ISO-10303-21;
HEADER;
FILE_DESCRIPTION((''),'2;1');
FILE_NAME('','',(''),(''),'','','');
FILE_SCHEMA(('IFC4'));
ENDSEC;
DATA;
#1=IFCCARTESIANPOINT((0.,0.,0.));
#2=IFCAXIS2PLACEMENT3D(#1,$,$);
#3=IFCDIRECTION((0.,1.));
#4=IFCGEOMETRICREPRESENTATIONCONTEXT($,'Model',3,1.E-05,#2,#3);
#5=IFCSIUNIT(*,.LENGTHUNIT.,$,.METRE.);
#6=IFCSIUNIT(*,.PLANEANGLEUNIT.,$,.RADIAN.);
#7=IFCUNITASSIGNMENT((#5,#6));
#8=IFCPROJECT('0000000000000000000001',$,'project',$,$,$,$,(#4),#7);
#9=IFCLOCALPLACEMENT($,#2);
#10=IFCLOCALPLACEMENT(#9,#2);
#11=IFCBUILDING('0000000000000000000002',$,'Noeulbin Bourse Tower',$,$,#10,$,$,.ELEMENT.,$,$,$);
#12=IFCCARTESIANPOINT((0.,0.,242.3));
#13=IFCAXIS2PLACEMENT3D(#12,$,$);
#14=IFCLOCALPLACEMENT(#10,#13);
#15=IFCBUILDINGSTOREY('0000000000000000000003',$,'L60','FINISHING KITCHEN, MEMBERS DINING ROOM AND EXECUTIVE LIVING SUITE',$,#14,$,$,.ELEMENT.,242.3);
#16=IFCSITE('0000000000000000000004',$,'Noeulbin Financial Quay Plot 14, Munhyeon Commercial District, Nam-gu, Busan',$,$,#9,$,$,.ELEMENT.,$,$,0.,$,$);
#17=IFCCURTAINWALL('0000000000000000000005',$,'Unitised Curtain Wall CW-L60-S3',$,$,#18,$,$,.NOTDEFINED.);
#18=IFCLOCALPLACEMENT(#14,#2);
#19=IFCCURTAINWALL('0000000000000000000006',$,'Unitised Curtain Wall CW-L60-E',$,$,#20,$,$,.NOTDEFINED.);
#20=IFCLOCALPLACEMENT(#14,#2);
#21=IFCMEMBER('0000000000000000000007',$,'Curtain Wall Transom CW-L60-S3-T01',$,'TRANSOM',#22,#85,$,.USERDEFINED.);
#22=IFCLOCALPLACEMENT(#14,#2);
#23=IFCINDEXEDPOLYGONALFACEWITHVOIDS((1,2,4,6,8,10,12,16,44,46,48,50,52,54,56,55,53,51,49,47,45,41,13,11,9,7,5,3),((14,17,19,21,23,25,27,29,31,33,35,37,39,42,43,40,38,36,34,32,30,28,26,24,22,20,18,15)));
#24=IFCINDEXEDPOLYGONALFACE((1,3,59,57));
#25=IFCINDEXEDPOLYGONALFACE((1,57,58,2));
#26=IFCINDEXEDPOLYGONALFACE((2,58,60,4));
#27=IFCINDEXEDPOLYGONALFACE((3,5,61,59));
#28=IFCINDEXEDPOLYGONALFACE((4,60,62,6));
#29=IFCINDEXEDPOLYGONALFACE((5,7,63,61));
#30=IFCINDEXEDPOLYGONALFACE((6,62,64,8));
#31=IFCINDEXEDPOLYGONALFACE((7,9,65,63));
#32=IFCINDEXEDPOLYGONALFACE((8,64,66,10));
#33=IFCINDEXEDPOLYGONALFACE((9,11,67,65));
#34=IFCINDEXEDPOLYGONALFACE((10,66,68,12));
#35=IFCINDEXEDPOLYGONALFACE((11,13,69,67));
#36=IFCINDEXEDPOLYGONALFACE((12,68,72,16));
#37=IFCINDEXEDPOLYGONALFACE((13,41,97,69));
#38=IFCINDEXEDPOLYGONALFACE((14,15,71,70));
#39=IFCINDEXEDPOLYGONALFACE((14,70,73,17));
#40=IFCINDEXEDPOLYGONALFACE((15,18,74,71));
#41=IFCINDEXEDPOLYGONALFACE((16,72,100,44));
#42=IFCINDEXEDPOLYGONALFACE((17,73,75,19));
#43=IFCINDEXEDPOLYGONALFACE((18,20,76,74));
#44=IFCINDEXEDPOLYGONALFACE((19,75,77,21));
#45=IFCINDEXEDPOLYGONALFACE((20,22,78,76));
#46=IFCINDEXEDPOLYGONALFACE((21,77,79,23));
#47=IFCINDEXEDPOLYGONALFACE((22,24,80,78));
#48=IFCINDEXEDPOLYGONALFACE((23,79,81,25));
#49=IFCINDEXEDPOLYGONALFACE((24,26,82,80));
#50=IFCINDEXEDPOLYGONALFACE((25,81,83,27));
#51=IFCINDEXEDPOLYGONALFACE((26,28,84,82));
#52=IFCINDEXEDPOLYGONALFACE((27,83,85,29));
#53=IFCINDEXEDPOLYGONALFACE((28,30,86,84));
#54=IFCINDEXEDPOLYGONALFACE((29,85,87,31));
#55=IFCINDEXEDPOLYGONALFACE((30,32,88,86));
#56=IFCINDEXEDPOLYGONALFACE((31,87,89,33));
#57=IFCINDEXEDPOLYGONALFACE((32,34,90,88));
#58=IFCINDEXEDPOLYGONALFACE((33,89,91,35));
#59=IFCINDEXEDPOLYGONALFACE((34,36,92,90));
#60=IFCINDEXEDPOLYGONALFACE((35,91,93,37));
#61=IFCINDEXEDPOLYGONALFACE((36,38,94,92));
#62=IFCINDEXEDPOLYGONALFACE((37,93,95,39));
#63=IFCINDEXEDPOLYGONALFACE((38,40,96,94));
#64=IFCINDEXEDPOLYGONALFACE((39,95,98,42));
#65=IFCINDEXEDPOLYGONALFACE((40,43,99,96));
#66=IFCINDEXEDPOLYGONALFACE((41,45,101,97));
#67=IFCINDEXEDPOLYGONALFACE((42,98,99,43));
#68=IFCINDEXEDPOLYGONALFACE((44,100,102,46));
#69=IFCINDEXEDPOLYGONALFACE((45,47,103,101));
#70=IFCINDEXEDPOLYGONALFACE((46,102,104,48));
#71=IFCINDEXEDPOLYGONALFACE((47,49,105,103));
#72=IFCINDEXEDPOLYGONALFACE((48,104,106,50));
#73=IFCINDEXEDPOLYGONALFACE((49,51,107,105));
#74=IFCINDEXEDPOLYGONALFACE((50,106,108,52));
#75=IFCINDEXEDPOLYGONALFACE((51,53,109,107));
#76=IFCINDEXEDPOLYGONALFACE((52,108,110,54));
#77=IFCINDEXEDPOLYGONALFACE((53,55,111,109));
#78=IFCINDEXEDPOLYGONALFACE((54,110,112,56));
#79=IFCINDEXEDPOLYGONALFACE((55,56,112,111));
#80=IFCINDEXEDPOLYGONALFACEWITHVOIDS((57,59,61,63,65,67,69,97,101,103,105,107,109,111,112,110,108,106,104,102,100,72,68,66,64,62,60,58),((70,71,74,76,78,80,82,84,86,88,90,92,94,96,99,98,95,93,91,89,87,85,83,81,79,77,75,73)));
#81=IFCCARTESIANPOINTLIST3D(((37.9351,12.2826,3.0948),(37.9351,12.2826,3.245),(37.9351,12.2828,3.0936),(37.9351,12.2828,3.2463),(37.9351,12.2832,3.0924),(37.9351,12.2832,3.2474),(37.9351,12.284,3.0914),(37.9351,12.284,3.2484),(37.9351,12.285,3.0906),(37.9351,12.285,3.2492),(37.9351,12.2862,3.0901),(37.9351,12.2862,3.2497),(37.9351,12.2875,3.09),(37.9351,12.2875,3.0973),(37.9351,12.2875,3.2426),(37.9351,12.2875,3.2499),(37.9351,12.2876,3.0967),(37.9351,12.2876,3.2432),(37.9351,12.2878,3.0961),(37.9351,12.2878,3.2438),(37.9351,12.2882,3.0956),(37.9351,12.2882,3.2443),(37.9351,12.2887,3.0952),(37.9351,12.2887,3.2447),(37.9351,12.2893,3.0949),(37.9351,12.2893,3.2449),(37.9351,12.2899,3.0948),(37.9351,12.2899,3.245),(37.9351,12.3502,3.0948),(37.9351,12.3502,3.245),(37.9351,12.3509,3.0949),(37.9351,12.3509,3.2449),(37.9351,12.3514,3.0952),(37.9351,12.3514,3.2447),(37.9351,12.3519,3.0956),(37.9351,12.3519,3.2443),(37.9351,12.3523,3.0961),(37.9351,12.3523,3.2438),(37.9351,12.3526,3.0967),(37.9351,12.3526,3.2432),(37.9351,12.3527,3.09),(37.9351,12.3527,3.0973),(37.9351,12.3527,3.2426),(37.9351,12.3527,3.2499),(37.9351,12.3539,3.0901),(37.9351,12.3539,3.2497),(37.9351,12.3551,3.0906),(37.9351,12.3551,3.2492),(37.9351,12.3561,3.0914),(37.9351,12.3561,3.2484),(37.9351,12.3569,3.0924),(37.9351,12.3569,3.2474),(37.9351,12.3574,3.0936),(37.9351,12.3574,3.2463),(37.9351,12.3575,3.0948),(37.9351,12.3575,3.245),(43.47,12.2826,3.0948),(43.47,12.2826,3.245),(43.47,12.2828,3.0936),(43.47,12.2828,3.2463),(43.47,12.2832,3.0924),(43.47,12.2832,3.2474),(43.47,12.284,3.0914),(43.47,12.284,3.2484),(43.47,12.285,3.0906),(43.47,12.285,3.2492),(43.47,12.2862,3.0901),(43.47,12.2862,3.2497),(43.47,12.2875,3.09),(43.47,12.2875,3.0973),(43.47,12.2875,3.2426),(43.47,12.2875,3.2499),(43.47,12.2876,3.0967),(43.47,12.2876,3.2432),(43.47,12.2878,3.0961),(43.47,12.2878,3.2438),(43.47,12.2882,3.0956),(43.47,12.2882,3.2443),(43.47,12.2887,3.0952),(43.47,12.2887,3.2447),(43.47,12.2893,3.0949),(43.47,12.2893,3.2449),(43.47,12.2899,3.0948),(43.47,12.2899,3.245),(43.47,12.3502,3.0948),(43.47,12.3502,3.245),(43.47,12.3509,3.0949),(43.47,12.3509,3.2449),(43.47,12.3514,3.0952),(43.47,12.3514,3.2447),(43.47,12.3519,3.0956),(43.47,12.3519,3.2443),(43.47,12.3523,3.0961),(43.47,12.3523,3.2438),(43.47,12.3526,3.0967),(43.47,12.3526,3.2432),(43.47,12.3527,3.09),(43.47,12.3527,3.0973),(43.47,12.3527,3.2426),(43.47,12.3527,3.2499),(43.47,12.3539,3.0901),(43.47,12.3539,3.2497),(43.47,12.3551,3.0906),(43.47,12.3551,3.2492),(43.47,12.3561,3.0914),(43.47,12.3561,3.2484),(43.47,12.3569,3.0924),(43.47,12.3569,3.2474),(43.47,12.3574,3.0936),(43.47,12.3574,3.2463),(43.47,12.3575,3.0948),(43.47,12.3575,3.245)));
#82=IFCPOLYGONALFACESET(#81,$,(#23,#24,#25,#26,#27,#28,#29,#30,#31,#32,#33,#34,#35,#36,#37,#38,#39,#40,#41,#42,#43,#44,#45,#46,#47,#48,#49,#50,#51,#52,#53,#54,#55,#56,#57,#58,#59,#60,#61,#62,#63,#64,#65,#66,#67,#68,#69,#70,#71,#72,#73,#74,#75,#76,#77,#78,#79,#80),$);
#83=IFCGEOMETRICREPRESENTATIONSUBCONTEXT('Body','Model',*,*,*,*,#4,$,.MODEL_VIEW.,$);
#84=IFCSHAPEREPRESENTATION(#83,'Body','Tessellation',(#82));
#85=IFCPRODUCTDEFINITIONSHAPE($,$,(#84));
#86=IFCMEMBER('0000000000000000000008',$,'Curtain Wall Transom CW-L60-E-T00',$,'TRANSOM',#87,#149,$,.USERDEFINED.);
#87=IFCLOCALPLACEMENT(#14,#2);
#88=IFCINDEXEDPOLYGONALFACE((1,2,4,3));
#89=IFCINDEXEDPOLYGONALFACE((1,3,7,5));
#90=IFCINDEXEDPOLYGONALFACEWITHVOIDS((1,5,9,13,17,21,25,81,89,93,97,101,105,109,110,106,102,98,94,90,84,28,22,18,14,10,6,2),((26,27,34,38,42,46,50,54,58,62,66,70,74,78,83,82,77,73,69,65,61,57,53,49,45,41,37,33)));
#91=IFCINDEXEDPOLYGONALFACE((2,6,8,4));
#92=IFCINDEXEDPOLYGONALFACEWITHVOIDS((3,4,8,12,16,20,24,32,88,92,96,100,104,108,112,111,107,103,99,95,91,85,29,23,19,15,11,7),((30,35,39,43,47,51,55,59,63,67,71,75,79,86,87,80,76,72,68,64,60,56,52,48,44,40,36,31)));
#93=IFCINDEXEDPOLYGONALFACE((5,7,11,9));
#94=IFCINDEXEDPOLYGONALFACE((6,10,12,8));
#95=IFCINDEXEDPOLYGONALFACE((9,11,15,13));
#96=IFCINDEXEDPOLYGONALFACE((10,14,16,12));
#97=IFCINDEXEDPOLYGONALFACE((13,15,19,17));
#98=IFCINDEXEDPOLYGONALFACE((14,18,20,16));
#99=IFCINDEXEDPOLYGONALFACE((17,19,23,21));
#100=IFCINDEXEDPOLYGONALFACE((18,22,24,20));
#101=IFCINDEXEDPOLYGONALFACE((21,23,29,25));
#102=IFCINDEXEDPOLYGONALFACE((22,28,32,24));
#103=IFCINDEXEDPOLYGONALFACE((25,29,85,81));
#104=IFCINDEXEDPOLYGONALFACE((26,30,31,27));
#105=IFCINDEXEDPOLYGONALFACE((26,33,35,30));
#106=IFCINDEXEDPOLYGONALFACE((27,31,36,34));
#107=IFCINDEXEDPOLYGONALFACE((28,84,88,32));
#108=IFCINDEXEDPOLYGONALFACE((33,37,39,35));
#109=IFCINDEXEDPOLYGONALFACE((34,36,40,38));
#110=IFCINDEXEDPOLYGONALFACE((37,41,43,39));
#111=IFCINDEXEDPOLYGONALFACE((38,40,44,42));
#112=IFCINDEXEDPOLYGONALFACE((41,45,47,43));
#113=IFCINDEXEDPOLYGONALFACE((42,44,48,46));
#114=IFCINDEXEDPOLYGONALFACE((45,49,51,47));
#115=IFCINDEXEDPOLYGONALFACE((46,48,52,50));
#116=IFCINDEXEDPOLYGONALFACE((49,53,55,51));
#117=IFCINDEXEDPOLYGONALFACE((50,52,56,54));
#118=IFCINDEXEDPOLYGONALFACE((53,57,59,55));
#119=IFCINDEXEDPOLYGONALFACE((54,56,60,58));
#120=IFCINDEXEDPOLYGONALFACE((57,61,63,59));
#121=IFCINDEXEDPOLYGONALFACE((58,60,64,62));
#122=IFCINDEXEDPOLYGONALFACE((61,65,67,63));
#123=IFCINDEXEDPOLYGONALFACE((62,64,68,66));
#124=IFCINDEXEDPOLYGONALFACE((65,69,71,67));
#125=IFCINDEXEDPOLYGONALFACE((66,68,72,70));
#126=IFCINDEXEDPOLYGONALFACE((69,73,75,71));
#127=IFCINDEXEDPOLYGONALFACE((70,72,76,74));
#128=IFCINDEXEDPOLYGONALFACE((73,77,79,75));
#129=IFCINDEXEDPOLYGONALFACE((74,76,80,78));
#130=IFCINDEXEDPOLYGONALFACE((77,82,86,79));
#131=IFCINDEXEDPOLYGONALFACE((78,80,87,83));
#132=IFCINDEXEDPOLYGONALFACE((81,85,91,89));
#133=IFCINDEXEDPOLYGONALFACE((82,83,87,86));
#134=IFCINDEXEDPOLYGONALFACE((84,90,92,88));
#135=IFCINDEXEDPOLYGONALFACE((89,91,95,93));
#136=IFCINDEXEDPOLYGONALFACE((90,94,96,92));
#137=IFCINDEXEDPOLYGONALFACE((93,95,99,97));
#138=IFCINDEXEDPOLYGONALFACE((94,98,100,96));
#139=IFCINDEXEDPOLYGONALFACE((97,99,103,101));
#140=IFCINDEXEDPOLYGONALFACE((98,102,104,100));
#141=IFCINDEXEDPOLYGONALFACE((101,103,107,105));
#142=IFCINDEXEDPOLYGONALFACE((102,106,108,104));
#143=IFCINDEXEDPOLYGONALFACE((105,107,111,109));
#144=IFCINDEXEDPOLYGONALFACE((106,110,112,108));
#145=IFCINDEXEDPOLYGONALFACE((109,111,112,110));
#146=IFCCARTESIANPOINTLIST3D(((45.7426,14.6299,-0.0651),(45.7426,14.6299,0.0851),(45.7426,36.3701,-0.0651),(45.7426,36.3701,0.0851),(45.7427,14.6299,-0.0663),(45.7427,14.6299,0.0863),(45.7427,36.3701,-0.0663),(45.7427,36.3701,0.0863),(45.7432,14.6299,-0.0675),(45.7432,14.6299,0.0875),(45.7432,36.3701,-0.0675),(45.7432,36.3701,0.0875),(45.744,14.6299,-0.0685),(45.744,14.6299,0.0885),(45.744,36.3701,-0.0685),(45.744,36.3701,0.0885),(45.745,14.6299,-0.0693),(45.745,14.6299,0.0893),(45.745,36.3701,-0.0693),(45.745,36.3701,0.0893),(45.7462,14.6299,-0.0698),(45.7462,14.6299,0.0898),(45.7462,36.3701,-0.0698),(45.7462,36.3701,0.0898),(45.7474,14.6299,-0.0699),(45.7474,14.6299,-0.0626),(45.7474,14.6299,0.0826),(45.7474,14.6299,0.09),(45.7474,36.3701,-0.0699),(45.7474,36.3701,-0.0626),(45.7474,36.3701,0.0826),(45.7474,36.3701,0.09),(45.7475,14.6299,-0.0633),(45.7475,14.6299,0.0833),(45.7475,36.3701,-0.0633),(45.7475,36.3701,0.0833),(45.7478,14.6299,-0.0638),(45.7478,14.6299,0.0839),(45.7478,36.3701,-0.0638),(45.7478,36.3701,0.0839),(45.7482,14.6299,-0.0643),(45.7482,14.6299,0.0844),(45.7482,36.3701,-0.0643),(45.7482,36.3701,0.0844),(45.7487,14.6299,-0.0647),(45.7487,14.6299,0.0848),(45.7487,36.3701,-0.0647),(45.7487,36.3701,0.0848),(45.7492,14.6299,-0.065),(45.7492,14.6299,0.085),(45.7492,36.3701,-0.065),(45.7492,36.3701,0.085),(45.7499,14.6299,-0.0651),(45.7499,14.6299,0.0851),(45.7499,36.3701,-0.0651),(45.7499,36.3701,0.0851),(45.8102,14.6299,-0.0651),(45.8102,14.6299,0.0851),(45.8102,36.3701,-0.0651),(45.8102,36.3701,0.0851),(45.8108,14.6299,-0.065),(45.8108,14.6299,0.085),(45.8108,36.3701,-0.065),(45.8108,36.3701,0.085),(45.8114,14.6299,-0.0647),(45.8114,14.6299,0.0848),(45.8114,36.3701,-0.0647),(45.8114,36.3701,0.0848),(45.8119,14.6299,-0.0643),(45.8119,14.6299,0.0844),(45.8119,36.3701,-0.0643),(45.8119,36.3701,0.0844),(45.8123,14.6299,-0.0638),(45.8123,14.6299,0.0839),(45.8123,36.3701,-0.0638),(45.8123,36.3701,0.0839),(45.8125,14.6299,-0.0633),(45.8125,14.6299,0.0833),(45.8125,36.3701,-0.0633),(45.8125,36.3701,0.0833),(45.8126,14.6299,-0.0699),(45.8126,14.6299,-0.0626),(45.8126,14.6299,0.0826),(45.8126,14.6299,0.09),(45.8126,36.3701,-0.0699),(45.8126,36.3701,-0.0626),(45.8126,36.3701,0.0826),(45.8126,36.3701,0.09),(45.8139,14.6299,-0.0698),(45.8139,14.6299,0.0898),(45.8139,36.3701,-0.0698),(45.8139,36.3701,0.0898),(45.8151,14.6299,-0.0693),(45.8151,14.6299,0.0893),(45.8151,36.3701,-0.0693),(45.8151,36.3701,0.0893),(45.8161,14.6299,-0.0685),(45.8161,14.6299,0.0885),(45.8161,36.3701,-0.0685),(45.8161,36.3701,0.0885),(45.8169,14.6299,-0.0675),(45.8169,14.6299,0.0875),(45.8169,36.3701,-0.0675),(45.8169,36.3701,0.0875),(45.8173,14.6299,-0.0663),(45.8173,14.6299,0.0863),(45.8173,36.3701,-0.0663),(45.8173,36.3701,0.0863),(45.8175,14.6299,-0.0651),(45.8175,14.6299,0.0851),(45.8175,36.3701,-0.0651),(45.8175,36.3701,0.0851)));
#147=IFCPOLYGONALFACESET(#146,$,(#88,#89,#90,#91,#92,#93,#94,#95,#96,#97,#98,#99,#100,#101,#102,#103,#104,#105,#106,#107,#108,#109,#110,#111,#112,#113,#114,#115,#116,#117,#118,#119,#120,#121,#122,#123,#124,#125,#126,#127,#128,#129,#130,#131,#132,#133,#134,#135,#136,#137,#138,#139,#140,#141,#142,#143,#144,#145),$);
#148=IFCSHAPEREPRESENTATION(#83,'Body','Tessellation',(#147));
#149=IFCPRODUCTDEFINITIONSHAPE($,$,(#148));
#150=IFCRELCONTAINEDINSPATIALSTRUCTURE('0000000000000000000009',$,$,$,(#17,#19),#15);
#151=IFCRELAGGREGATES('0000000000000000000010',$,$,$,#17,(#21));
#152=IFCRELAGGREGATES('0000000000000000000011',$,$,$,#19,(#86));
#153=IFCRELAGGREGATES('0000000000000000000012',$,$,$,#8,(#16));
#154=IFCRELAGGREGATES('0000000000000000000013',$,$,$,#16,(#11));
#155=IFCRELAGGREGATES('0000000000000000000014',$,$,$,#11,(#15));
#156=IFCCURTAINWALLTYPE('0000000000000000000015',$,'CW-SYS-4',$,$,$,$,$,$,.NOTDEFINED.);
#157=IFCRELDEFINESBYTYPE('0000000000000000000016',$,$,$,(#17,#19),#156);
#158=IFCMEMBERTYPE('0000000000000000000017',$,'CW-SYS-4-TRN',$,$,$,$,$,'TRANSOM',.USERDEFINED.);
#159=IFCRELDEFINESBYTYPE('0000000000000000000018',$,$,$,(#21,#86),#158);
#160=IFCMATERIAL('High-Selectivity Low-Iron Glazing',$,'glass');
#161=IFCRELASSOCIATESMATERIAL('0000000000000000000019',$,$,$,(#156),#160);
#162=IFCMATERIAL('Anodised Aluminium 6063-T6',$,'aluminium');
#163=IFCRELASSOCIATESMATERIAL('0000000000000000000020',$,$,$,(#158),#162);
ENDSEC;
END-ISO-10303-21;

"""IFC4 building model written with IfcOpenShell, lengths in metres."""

from ifc_helpers import new_model, si_unit, direction, frame, origin, origin_2d, place, context, subcontext, project, spatial, hollow_rectangle, extrude, material, material_profile, profile_set, type_object, element, aggregate, save


model = new_model("IFC4")

# Units and contexts
model_context = context("Model", 3, precision=1e-05, world=origin(), true_north=direction((0.0, 1.0)))
body_context = subcontext(model_context, "Body", "Model", "MODEL_VIEW")
ifc_project = project(units=[si_unit("LENGTHUNIT", "METRE"), si_unit("PLANEANGLEUNIT", "RADIAN")], contexts=[model_context])

# Site, building, storey
site_placement = place(None, origin())
site = spatial("IfcSite", under=ifc_project, at=site_placement, Name="Noeulbin Financial Quay Plot 14, Munhyeon Commercial District, Nam-gu, Busan", CompositionType="ELEMENT", RefElevation=0.0)
building_placement = place(site_placement, origin())
building = spatial("IfcBuilding", under=site, at=building_placement, Name="Noeulbin Bourse Tower", CompositionType="ELEMENT")
storey_placement = place(building_placement, frame((0.0, 0.0, 242.3)))
storey = spatial("IfcBuildingStorey", under=building, at=storey_placement, Name="L60", Description="FINISHING KITCHEN, MEMBERS DINING ROOM AND EXECUTIVE LIVING SUITE", CompositionType="ELEMENT", Elevation=242.3)

# Curtain walls
ifc_material_1 = material(Name="High-Selectivity Low-Iron Glazing", Category="glass")
curtain_wall_type = type_object("IfcCurtainWallType", Name="CW-SYS-4", PredefinedType="NOTDEFINED", material=ifc_material_1)
curtain_wall_1_placement = place(storey_placement, origin())
curtain_wall_1 = element("IfcCurtainWall", 1, at=curtain_wall_1_placement, inside=storey, type_object=curtain_wall_type, Name="Unitised Curtain Wall CW-L60-S3", PredefinedType="NOTDEFINED")
ifc_material_2 = material(Name="Anodised Aluminium 6063-T6", Category="aluminium")
curtain_wall_2_placement = place(storey_placement, origin())
curtain_wall_2 = element("IfcCurtainWall", 2, at=curtain_wall_2_placement, inside=storey, type_object=curtain_wall_type, Name="Unitised Curtain Wall CW-L60-E", PredefinedType="NOTDEFINED")

# Members
ifc_material_profile_1 = material_profile(ifc_material_2, hollow_rectangle(XDim=0.075, YDim=0.1599, WallThickness=0.0049, InnerFilletRadius=0.0024, OuterFilletRadius=0.0049, at=origin_2d()), Name="ALU-TRAN-75x160x5", Category="LoadBearing")
ifc_profile_set_1 = profile_set([ifc_material_profile_1], Name="Anodised Aluminium 6063-T6")
member_type_1 = type_object("IfcMemberType", Name="CW-SYS-4-TRN", ElementType="TRANSOM", PredefinedType="USERDEFINED", material=ifc_profile_set_1)
member_1_placement = place(storey_placement, frame((37.9351, 12.3201, 3.1699), z_axis=(1.0, 0.0, 0.0), x_axis=(0.0, 1.0, 0.0)))
member_1 = element("IfcMember", 3, at=member_1_placement, type_object=member_type_1, Name="Curtain Wall Transom CW-L60-S3-T01", ObjectType="TRANSOM", PredefinedType="USERDEFINED", context=body_context, shape_type="SweptSolid", body=[
    extrude(hollow_rectangle(XDim=0.075, YDim=0.1599, WallThickness=0.0049, InnerFilletRadius=0.0024, OuterFilletRadius=0.0049, at=origin_2d()), origin(), (0.0, 0.0, 1.0), 5.5349),
])
member_2_placement = place(storey_placement, frame((45.78, 14.6299, 0.01), z_axis=(0.0, 1.0, 0.0), x_axis=(-1.0, 0.0, 0.0)))
member_2 = element("IfcMember", 4, at=member_2_placement, type_object=member_type_1, Name="Curtain Wall Transom CW-L60-E-T00", ObjectType="TRANSOM", PredefinedType="USERDEFINED", context=body_context, shape_type="SweptSolid", body=[
    extrude(hollow_rectangle(XDim=0.075, YDim=0.1599, WallThickness=0.0049, InnerFilletRadius=0.0024, OuterFilletRadius=0.0049, at=origin_2d()), origin(), (0.0, 0.0, 1.0), 21.7402),
])

aggregate(curtain_wall_1, [member_1])
aggregate(curtain_wall_2, [member_2])

save(model, "model.ifc")
